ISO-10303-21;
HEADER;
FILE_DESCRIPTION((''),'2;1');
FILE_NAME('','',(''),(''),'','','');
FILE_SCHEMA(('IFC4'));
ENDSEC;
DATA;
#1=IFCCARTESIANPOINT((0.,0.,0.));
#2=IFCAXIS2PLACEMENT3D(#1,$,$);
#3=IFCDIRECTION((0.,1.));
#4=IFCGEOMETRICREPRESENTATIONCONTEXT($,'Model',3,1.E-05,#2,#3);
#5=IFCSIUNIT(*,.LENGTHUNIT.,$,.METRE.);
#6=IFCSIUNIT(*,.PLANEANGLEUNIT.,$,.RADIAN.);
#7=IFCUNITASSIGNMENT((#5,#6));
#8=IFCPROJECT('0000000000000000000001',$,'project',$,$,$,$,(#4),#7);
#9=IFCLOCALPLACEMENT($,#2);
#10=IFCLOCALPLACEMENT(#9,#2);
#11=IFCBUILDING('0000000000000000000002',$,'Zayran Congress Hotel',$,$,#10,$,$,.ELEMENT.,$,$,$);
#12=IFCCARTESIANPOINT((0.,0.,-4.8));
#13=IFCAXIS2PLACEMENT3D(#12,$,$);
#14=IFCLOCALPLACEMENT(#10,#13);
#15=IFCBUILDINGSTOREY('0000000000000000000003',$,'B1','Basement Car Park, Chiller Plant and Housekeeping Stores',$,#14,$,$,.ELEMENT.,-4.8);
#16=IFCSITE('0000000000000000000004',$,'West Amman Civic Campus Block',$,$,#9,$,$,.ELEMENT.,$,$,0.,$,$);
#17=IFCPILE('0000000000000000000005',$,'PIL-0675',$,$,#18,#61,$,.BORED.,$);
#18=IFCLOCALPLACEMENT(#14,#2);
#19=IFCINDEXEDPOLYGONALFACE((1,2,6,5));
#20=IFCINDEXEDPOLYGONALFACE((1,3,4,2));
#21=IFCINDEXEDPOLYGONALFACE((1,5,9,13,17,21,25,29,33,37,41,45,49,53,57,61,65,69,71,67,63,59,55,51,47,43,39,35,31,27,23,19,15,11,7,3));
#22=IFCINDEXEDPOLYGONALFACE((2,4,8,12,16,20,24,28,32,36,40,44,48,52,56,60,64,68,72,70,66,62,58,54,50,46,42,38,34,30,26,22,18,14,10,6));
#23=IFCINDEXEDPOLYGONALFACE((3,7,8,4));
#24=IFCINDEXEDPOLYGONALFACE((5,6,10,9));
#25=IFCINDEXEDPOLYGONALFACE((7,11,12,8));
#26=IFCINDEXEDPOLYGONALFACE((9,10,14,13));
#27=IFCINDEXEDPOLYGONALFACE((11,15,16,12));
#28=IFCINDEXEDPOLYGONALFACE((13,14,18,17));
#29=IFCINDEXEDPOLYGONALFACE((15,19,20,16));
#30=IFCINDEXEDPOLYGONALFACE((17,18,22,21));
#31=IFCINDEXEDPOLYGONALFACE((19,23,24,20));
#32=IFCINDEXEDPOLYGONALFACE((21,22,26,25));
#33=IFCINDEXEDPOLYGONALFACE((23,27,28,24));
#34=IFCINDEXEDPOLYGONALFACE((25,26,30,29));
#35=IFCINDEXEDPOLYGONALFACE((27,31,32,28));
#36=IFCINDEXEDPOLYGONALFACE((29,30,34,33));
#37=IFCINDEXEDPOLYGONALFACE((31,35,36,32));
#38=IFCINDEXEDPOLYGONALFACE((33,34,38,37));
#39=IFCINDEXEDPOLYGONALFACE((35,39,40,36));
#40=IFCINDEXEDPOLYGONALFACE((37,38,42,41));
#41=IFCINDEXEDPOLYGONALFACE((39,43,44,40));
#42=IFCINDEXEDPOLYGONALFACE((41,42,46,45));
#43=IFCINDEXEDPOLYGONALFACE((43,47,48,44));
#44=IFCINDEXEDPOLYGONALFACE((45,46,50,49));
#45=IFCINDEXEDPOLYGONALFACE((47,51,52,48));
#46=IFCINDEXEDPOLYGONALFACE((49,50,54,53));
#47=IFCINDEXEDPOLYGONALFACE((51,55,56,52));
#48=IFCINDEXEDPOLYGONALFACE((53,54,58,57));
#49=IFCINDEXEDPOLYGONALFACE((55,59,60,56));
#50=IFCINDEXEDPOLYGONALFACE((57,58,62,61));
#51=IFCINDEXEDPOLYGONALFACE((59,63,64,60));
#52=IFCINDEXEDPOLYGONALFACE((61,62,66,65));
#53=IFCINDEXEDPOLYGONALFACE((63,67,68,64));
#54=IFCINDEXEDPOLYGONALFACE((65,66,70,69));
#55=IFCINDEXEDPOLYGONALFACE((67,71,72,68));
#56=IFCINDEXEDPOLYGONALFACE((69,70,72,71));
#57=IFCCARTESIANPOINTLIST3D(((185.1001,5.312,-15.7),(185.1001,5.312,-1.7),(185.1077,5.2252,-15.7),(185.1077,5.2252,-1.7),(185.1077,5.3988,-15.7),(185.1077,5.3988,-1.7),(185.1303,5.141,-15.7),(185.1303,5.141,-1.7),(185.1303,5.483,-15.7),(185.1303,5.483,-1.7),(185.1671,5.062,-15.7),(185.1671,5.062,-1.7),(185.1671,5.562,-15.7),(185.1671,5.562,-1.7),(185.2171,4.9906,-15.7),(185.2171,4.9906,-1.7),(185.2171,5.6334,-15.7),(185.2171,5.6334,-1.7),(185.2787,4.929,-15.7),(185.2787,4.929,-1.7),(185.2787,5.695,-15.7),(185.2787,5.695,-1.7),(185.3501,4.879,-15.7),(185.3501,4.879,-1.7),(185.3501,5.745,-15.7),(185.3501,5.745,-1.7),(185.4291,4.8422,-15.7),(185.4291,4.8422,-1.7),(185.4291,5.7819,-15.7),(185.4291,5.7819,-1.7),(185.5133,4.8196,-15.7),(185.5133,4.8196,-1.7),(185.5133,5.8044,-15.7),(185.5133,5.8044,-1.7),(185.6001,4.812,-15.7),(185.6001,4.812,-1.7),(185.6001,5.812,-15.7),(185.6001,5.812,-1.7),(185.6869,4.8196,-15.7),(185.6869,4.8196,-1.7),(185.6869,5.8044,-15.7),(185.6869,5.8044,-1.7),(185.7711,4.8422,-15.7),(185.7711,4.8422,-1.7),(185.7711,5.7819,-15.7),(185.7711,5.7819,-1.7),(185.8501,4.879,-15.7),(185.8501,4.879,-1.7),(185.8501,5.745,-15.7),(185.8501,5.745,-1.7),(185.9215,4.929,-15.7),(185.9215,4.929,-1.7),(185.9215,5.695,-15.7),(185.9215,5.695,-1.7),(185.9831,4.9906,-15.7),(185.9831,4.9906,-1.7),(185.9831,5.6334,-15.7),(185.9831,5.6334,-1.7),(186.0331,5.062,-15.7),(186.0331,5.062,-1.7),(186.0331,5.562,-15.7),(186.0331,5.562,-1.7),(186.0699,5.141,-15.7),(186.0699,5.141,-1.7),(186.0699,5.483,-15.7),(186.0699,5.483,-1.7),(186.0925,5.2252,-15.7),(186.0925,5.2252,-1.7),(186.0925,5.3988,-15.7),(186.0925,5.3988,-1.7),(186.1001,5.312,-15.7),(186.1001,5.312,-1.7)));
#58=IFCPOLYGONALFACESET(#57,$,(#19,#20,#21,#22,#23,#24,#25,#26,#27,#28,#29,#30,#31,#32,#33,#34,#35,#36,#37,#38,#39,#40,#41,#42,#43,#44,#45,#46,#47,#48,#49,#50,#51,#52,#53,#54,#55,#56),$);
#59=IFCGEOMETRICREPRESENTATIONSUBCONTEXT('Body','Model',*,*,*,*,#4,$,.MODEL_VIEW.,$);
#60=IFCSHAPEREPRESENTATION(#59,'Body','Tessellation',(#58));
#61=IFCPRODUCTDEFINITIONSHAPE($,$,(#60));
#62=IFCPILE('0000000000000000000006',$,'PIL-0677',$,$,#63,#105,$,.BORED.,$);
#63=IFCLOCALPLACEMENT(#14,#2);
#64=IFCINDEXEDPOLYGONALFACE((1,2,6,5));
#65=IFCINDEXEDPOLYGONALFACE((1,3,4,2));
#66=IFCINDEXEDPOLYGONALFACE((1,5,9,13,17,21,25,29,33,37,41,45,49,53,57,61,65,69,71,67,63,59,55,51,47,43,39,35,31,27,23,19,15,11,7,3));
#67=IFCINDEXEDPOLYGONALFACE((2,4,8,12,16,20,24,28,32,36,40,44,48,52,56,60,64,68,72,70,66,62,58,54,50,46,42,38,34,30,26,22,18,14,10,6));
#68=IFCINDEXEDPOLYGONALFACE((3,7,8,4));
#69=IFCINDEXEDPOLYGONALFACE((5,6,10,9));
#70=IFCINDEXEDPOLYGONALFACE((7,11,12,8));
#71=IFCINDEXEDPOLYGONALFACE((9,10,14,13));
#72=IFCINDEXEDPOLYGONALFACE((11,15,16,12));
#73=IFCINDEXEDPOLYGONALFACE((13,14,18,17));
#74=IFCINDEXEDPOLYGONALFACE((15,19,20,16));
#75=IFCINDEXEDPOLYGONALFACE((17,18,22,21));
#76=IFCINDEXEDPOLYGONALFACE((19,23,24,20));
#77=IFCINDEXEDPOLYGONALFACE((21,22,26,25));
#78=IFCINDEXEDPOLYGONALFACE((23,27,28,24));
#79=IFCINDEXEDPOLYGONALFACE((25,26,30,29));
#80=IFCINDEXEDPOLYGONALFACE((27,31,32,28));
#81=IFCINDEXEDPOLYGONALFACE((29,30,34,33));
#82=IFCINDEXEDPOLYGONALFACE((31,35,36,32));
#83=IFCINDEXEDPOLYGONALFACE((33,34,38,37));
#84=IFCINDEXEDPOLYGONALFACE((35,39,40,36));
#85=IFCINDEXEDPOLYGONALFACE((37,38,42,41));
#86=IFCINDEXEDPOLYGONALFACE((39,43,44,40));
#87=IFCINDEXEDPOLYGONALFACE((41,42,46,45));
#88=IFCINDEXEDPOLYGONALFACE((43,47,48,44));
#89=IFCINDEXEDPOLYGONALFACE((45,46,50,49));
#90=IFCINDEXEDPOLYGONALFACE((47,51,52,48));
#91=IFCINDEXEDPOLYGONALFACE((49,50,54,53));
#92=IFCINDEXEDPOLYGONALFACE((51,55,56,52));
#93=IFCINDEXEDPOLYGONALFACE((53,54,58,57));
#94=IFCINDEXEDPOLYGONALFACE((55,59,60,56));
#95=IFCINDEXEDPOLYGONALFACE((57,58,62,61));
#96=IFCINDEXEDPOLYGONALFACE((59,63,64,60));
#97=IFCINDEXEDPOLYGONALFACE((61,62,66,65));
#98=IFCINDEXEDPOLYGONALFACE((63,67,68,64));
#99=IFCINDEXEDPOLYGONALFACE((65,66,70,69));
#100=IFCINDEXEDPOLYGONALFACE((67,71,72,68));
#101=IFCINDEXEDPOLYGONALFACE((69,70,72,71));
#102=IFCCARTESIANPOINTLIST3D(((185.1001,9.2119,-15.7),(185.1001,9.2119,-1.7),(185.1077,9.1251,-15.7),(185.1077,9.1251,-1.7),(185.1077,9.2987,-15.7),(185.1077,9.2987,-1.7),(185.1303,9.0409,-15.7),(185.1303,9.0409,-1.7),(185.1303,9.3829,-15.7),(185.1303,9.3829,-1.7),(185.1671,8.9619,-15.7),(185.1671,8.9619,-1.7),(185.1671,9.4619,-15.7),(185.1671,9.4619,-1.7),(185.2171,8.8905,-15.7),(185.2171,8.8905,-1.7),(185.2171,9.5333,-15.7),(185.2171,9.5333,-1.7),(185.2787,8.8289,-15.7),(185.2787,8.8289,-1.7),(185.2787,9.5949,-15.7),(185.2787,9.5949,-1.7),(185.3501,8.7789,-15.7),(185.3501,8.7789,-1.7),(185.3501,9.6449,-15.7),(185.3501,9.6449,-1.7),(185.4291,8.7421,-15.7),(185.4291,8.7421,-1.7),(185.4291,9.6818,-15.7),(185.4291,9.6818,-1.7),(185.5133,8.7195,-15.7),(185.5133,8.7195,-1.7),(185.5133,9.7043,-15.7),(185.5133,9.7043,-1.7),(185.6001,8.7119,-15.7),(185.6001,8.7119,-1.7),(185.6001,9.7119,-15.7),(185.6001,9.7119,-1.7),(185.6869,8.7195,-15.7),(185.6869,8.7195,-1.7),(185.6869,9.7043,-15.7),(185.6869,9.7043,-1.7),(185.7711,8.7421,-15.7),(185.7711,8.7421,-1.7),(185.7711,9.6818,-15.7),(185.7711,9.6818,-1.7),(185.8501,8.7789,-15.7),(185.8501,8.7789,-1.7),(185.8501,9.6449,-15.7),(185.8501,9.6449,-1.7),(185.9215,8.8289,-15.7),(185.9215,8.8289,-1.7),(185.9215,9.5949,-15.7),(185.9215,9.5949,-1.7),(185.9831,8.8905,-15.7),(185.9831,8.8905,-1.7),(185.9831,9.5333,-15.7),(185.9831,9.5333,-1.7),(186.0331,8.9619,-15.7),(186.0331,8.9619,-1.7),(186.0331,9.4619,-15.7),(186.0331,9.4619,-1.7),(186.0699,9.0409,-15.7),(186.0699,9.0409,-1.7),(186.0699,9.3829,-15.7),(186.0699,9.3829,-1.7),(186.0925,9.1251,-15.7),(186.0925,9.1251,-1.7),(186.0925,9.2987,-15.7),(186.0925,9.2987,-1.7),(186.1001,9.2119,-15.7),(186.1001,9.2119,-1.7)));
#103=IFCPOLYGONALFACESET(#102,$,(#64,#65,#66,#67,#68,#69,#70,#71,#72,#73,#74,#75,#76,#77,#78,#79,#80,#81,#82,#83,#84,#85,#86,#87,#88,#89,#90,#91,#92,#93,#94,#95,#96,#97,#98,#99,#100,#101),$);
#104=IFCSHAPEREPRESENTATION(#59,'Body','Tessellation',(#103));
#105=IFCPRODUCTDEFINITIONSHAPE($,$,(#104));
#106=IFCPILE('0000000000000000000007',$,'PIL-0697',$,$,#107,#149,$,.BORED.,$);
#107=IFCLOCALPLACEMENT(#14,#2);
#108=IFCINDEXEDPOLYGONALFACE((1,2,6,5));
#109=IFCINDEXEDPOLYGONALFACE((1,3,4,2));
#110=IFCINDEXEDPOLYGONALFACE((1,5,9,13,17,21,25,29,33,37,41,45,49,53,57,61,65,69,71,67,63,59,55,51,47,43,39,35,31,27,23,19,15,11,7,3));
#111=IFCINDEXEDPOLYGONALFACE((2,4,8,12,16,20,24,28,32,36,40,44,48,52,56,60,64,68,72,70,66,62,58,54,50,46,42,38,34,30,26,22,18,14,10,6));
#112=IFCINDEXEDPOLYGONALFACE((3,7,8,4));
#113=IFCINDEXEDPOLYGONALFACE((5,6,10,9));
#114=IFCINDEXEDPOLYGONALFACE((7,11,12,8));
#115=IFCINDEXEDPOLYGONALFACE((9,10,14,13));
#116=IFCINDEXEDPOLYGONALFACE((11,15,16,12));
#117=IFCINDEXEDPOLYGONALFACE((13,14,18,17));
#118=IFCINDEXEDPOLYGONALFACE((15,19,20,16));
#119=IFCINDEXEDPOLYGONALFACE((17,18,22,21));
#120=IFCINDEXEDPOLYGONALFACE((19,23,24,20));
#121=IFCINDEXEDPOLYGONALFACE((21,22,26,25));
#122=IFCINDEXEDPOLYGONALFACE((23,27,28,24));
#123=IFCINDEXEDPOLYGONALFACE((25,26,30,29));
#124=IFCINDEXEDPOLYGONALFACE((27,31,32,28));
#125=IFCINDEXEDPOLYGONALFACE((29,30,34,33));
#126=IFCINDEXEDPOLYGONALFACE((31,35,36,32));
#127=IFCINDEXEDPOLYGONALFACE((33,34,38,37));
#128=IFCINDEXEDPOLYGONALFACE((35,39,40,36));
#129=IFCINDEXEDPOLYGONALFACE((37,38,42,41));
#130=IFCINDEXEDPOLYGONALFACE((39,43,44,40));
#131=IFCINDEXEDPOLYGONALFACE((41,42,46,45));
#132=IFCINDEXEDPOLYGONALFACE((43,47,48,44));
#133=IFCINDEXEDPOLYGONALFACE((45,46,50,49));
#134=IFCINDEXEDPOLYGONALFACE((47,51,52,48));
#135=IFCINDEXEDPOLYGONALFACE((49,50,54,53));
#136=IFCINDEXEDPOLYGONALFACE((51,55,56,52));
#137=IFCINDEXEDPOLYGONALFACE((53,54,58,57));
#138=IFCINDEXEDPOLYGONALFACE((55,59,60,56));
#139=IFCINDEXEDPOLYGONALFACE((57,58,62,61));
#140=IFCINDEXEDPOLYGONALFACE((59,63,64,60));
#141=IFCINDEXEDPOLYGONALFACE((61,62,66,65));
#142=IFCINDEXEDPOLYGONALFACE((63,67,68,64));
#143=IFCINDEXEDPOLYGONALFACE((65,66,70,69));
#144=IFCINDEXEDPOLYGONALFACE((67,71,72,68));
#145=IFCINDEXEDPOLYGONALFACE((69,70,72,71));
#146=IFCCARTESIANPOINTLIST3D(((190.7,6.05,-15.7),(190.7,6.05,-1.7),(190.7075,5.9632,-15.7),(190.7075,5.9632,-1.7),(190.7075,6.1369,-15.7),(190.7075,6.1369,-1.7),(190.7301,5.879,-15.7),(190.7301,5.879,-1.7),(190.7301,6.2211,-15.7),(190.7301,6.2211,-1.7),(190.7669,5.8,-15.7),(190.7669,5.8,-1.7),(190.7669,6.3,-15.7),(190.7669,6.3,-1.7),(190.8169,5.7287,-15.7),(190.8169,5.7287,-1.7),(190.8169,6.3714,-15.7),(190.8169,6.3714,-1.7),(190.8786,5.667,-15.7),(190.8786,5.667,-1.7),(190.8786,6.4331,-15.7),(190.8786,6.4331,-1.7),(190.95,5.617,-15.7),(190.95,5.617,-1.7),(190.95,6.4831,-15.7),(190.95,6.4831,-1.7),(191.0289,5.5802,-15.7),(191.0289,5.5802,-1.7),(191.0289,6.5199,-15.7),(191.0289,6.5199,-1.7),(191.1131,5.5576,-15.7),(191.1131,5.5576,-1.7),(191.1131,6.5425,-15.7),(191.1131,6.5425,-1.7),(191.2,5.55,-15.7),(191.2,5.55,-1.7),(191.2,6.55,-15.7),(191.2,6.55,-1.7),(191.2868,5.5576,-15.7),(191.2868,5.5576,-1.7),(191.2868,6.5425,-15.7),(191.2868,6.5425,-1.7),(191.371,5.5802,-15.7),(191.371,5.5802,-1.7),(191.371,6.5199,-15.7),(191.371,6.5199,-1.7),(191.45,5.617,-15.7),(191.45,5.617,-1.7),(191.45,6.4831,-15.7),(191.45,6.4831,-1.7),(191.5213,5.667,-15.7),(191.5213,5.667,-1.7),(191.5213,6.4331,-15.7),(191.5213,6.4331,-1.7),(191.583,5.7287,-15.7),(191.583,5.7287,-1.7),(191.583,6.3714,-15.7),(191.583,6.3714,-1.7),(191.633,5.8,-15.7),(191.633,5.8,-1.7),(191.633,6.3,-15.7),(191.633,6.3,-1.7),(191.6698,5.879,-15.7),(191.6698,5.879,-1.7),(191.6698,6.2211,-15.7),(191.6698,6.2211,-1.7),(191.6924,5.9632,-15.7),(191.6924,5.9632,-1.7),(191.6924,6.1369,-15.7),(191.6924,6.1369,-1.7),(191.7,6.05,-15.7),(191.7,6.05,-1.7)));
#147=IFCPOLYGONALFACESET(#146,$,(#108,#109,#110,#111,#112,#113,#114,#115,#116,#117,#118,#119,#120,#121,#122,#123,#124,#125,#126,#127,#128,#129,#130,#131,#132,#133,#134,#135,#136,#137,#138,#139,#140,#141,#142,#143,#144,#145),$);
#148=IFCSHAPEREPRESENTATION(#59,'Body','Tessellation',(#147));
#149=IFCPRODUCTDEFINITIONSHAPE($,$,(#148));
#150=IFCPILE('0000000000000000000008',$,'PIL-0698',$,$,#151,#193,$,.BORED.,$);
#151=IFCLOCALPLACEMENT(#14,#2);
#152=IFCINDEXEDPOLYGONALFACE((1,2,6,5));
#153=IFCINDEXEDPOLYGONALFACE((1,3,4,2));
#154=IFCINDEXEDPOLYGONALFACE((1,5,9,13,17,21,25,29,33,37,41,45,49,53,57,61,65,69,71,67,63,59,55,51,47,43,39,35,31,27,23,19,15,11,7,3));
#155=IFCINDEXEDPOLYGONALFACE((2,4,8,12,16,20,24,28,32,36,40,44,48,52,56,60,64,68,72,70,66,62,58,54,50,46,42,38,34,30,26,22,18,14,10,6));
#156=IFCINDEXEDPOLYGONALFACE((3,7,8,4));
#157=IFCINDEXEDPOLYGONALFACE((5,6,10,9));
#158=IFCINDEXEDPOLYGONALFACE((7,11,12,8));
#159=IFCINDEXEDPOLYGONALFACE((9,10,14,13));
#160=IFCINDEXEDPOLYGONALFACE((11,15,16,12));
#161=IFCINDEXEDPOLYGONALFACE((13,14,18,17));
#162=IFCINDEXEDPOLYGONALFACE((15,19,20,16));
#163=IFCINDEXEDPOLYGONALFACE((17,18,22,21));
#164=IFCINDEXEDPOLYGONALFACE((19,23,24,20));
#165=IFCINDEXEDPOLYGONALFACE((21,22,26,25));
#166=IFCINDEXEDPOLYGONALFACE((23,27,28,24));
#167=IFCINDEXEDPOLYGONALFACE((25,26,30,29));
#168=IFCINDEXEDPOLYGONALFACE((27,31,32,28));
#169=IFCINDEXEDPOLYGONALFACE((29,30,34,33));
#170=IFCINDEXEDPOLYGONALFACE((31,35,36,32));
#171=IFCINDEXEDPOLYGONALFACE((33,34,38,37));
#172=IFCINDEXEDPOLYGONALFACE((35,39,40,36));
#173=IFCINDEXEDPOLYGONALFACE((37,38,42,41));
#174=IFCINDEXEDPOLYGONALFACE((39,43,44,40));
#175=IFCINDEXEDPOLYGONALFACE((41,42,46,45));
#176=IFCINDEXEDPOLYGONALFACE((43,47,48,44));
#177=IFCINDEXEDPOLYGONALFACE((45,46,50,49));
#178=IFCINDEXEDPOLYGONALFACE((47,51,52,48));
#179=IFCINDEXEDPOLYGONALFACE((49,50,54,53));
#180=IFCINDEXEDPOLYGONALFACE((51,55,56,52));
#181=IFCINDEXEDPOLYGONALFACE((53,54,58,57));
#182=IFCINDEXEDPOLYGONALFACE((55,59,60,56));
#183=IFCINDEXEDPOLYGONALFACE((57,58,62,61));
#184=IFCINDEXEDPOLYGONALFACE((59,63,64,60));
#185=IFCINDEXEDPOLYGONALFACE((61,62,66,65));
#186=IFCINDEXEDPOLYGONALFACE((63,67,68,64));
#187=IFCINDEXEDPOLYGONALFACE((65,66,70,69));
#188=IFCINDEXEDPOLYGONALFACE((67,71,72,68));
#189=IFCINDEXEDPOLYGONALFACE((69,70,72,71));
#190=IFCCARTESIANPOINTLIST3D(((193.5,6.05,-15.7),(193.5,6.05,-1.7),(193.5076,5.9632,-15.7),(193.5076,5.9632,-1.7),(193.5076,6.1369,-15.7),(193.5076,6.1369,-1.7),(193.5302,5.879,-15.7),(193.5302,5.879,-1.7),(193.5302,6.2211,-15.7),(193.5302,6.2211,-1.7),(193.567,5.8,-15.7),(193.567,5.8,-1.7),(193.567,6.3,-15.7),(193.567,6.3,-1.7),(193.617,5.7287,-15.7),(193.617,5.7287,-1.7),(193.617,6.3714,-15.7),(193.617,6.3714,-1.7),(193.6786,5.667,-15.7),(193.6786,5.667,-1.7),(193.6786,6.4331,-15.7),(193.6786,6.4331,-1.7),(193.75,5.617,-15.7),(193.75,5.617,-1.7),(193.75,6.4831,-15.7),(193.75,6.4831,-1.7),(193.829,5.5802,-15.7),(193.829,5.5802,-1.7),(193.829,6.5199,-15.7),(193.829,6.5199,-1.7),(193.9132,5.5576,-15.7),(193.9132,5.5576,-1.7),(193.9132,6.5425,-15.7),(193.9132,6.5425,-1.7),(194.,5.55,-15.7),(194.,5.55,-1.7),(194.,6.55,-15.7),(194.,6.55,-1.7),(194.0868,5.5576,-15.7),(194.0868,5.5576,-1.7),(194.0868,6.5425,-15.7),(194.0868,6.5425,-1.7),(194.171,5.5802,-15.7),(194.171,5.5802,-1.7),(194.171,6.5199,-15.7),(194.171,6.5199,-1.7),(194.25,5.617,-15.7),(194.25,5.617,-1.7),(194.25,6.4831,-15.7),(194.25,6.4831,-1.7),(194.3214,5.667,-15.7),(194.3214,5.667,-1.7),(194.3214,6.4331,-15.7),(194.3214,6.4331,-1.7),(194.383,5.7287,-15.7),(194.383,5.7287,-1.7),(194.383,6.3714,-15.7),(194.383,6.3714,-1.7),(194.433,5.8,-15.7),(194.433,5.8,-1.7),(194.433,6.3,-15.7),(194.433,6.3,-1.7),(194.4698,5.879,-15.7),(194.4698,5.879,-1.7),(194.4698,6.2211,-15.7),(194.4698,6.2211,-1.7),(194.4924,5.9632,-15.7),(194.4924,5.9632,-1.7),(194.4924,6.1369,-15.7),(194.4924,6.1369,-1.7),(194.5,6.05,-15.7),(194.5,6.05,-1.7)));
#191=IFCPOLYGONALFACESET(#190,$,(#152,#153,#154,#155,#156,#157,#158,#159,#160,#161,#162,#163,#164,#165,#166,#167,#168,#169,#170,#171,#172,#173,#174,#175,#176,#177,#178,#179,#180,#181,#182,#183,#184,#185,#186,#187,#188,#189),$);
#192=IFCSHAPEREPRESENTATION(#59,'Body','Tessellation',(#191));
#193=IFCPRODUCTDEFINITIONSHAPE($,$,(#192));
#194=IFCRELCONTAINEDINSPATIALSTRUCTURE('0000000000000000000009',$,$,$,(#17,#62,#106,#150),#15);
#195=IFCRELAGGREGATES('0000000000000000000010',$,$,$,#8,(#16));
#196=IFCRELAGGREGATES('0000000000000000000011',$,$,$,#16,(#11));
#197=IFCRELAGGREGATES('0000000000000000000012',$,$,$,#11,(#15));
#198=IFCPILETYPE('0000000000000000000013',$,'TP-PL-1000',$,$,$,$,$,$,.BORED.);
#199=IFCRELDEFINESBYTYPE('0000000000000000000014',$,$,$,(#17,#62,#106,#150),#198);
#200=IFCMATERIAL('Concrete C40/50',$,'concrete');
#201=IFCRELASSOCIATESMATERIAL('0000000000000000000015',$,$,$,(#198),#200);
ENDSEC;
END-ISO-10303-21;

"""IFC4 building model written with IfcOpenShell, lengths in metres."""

from ifc_helpers import new_model, si_unit, direction, frame, origin, origin_2d, place, context, subcontext, project, spatial, circle, extrude, material, material_profile, profile_set, type_object, element, save


model = new_model("IFC4")

# Units and contexts
model_context = context("Model", 3, precision=1e-05, world=origin(), true_north=direction((0.0, 1.0)))
body_context = subcontext(model_context, "Body", "Model", "MODEL_VIEW")
ifc_project = project(units=[si_unit("LENGTHUNIT", "METRE"), si_unit("PLANEANGLEUNIT", "RADIAN")], contexts=[model_context])

# Site, building, storey
site_placement = place(None, origin())
site = spatial("IfcSite", under=ifc_project, at=site_placement, Name="West Amman Civic Campus Block", CompositionType="ELEMENT", RefElevation=0.0)
building_placement = place(site_placement, origin())
building = spatial("IfcBuilding", under=site, at=building_placement, Name="Zayran Congress Hotel", CompositionType="ELEMENT")
storey_placement = place(building_placement, frame((0.0, 0.0, -4.8)))
storey = spatial("IfcBuildingStorey", under=building, at=storey_placement, Name="B1", Description="Basement Car Park, Chiller Plant and Housekeeping Stores", CompositionType="ELEMENT", Elevation=-4.8)

# Piles
ifc_material_1 = material(Name="Concrete C40/50", Category="concrete")
ifc_material_profile_1 = material_profile(ifc_material_1, circle(Radius=0.5, at=origin_2d()), Name="PILE D1000")
ifc_profile_set_1 = profile_set([ifc_material_profile_1], Name="Concrete C40/50")
pile_type_1 = type_object("IfcPileType", Name="TP-PL-1000", PredefinedType="BORED", material=ifc_profile_set_1)
for number, where, z_axis, x_axis, name in (
    (1, (185.6001, 5.312, -1.7), (0.0, 0.0, -1.0), (1.0, 0.0, 0.0), "PIL-0675"),
    (2, (185.6001, 9.2119, -1.7), (0.0, 0.0, -1.0), (1.0, 0.0, 0.0), "PIL-0677"),
    (3, (191.2, 6.05, -1.7), (0.0, 0.0, -1.0), (1.0, 0.0, 0.0), "PIL-0697"),
    (4, (194.0, 6.05, -1.7), (0.0, 0.0, -1.0), (1.0, 0.0, 0.0), "PIL-0698"),
):
    element("IfcPile", number, at=place(storey_placement, frame(where, z_axis=z_axis, x_axis=x_axis)), inside=storey, type_object=pile_type_1, Name=name, PredefinedType="BORED", context=body_context, shape_type="SweptSolid", body=[
        extrude(circle(Radius=0.5, at=origin_2d()), origin(), (0.0, 0.0, 1.0), 14.0),
    ])

save(model, "model.ifc")
